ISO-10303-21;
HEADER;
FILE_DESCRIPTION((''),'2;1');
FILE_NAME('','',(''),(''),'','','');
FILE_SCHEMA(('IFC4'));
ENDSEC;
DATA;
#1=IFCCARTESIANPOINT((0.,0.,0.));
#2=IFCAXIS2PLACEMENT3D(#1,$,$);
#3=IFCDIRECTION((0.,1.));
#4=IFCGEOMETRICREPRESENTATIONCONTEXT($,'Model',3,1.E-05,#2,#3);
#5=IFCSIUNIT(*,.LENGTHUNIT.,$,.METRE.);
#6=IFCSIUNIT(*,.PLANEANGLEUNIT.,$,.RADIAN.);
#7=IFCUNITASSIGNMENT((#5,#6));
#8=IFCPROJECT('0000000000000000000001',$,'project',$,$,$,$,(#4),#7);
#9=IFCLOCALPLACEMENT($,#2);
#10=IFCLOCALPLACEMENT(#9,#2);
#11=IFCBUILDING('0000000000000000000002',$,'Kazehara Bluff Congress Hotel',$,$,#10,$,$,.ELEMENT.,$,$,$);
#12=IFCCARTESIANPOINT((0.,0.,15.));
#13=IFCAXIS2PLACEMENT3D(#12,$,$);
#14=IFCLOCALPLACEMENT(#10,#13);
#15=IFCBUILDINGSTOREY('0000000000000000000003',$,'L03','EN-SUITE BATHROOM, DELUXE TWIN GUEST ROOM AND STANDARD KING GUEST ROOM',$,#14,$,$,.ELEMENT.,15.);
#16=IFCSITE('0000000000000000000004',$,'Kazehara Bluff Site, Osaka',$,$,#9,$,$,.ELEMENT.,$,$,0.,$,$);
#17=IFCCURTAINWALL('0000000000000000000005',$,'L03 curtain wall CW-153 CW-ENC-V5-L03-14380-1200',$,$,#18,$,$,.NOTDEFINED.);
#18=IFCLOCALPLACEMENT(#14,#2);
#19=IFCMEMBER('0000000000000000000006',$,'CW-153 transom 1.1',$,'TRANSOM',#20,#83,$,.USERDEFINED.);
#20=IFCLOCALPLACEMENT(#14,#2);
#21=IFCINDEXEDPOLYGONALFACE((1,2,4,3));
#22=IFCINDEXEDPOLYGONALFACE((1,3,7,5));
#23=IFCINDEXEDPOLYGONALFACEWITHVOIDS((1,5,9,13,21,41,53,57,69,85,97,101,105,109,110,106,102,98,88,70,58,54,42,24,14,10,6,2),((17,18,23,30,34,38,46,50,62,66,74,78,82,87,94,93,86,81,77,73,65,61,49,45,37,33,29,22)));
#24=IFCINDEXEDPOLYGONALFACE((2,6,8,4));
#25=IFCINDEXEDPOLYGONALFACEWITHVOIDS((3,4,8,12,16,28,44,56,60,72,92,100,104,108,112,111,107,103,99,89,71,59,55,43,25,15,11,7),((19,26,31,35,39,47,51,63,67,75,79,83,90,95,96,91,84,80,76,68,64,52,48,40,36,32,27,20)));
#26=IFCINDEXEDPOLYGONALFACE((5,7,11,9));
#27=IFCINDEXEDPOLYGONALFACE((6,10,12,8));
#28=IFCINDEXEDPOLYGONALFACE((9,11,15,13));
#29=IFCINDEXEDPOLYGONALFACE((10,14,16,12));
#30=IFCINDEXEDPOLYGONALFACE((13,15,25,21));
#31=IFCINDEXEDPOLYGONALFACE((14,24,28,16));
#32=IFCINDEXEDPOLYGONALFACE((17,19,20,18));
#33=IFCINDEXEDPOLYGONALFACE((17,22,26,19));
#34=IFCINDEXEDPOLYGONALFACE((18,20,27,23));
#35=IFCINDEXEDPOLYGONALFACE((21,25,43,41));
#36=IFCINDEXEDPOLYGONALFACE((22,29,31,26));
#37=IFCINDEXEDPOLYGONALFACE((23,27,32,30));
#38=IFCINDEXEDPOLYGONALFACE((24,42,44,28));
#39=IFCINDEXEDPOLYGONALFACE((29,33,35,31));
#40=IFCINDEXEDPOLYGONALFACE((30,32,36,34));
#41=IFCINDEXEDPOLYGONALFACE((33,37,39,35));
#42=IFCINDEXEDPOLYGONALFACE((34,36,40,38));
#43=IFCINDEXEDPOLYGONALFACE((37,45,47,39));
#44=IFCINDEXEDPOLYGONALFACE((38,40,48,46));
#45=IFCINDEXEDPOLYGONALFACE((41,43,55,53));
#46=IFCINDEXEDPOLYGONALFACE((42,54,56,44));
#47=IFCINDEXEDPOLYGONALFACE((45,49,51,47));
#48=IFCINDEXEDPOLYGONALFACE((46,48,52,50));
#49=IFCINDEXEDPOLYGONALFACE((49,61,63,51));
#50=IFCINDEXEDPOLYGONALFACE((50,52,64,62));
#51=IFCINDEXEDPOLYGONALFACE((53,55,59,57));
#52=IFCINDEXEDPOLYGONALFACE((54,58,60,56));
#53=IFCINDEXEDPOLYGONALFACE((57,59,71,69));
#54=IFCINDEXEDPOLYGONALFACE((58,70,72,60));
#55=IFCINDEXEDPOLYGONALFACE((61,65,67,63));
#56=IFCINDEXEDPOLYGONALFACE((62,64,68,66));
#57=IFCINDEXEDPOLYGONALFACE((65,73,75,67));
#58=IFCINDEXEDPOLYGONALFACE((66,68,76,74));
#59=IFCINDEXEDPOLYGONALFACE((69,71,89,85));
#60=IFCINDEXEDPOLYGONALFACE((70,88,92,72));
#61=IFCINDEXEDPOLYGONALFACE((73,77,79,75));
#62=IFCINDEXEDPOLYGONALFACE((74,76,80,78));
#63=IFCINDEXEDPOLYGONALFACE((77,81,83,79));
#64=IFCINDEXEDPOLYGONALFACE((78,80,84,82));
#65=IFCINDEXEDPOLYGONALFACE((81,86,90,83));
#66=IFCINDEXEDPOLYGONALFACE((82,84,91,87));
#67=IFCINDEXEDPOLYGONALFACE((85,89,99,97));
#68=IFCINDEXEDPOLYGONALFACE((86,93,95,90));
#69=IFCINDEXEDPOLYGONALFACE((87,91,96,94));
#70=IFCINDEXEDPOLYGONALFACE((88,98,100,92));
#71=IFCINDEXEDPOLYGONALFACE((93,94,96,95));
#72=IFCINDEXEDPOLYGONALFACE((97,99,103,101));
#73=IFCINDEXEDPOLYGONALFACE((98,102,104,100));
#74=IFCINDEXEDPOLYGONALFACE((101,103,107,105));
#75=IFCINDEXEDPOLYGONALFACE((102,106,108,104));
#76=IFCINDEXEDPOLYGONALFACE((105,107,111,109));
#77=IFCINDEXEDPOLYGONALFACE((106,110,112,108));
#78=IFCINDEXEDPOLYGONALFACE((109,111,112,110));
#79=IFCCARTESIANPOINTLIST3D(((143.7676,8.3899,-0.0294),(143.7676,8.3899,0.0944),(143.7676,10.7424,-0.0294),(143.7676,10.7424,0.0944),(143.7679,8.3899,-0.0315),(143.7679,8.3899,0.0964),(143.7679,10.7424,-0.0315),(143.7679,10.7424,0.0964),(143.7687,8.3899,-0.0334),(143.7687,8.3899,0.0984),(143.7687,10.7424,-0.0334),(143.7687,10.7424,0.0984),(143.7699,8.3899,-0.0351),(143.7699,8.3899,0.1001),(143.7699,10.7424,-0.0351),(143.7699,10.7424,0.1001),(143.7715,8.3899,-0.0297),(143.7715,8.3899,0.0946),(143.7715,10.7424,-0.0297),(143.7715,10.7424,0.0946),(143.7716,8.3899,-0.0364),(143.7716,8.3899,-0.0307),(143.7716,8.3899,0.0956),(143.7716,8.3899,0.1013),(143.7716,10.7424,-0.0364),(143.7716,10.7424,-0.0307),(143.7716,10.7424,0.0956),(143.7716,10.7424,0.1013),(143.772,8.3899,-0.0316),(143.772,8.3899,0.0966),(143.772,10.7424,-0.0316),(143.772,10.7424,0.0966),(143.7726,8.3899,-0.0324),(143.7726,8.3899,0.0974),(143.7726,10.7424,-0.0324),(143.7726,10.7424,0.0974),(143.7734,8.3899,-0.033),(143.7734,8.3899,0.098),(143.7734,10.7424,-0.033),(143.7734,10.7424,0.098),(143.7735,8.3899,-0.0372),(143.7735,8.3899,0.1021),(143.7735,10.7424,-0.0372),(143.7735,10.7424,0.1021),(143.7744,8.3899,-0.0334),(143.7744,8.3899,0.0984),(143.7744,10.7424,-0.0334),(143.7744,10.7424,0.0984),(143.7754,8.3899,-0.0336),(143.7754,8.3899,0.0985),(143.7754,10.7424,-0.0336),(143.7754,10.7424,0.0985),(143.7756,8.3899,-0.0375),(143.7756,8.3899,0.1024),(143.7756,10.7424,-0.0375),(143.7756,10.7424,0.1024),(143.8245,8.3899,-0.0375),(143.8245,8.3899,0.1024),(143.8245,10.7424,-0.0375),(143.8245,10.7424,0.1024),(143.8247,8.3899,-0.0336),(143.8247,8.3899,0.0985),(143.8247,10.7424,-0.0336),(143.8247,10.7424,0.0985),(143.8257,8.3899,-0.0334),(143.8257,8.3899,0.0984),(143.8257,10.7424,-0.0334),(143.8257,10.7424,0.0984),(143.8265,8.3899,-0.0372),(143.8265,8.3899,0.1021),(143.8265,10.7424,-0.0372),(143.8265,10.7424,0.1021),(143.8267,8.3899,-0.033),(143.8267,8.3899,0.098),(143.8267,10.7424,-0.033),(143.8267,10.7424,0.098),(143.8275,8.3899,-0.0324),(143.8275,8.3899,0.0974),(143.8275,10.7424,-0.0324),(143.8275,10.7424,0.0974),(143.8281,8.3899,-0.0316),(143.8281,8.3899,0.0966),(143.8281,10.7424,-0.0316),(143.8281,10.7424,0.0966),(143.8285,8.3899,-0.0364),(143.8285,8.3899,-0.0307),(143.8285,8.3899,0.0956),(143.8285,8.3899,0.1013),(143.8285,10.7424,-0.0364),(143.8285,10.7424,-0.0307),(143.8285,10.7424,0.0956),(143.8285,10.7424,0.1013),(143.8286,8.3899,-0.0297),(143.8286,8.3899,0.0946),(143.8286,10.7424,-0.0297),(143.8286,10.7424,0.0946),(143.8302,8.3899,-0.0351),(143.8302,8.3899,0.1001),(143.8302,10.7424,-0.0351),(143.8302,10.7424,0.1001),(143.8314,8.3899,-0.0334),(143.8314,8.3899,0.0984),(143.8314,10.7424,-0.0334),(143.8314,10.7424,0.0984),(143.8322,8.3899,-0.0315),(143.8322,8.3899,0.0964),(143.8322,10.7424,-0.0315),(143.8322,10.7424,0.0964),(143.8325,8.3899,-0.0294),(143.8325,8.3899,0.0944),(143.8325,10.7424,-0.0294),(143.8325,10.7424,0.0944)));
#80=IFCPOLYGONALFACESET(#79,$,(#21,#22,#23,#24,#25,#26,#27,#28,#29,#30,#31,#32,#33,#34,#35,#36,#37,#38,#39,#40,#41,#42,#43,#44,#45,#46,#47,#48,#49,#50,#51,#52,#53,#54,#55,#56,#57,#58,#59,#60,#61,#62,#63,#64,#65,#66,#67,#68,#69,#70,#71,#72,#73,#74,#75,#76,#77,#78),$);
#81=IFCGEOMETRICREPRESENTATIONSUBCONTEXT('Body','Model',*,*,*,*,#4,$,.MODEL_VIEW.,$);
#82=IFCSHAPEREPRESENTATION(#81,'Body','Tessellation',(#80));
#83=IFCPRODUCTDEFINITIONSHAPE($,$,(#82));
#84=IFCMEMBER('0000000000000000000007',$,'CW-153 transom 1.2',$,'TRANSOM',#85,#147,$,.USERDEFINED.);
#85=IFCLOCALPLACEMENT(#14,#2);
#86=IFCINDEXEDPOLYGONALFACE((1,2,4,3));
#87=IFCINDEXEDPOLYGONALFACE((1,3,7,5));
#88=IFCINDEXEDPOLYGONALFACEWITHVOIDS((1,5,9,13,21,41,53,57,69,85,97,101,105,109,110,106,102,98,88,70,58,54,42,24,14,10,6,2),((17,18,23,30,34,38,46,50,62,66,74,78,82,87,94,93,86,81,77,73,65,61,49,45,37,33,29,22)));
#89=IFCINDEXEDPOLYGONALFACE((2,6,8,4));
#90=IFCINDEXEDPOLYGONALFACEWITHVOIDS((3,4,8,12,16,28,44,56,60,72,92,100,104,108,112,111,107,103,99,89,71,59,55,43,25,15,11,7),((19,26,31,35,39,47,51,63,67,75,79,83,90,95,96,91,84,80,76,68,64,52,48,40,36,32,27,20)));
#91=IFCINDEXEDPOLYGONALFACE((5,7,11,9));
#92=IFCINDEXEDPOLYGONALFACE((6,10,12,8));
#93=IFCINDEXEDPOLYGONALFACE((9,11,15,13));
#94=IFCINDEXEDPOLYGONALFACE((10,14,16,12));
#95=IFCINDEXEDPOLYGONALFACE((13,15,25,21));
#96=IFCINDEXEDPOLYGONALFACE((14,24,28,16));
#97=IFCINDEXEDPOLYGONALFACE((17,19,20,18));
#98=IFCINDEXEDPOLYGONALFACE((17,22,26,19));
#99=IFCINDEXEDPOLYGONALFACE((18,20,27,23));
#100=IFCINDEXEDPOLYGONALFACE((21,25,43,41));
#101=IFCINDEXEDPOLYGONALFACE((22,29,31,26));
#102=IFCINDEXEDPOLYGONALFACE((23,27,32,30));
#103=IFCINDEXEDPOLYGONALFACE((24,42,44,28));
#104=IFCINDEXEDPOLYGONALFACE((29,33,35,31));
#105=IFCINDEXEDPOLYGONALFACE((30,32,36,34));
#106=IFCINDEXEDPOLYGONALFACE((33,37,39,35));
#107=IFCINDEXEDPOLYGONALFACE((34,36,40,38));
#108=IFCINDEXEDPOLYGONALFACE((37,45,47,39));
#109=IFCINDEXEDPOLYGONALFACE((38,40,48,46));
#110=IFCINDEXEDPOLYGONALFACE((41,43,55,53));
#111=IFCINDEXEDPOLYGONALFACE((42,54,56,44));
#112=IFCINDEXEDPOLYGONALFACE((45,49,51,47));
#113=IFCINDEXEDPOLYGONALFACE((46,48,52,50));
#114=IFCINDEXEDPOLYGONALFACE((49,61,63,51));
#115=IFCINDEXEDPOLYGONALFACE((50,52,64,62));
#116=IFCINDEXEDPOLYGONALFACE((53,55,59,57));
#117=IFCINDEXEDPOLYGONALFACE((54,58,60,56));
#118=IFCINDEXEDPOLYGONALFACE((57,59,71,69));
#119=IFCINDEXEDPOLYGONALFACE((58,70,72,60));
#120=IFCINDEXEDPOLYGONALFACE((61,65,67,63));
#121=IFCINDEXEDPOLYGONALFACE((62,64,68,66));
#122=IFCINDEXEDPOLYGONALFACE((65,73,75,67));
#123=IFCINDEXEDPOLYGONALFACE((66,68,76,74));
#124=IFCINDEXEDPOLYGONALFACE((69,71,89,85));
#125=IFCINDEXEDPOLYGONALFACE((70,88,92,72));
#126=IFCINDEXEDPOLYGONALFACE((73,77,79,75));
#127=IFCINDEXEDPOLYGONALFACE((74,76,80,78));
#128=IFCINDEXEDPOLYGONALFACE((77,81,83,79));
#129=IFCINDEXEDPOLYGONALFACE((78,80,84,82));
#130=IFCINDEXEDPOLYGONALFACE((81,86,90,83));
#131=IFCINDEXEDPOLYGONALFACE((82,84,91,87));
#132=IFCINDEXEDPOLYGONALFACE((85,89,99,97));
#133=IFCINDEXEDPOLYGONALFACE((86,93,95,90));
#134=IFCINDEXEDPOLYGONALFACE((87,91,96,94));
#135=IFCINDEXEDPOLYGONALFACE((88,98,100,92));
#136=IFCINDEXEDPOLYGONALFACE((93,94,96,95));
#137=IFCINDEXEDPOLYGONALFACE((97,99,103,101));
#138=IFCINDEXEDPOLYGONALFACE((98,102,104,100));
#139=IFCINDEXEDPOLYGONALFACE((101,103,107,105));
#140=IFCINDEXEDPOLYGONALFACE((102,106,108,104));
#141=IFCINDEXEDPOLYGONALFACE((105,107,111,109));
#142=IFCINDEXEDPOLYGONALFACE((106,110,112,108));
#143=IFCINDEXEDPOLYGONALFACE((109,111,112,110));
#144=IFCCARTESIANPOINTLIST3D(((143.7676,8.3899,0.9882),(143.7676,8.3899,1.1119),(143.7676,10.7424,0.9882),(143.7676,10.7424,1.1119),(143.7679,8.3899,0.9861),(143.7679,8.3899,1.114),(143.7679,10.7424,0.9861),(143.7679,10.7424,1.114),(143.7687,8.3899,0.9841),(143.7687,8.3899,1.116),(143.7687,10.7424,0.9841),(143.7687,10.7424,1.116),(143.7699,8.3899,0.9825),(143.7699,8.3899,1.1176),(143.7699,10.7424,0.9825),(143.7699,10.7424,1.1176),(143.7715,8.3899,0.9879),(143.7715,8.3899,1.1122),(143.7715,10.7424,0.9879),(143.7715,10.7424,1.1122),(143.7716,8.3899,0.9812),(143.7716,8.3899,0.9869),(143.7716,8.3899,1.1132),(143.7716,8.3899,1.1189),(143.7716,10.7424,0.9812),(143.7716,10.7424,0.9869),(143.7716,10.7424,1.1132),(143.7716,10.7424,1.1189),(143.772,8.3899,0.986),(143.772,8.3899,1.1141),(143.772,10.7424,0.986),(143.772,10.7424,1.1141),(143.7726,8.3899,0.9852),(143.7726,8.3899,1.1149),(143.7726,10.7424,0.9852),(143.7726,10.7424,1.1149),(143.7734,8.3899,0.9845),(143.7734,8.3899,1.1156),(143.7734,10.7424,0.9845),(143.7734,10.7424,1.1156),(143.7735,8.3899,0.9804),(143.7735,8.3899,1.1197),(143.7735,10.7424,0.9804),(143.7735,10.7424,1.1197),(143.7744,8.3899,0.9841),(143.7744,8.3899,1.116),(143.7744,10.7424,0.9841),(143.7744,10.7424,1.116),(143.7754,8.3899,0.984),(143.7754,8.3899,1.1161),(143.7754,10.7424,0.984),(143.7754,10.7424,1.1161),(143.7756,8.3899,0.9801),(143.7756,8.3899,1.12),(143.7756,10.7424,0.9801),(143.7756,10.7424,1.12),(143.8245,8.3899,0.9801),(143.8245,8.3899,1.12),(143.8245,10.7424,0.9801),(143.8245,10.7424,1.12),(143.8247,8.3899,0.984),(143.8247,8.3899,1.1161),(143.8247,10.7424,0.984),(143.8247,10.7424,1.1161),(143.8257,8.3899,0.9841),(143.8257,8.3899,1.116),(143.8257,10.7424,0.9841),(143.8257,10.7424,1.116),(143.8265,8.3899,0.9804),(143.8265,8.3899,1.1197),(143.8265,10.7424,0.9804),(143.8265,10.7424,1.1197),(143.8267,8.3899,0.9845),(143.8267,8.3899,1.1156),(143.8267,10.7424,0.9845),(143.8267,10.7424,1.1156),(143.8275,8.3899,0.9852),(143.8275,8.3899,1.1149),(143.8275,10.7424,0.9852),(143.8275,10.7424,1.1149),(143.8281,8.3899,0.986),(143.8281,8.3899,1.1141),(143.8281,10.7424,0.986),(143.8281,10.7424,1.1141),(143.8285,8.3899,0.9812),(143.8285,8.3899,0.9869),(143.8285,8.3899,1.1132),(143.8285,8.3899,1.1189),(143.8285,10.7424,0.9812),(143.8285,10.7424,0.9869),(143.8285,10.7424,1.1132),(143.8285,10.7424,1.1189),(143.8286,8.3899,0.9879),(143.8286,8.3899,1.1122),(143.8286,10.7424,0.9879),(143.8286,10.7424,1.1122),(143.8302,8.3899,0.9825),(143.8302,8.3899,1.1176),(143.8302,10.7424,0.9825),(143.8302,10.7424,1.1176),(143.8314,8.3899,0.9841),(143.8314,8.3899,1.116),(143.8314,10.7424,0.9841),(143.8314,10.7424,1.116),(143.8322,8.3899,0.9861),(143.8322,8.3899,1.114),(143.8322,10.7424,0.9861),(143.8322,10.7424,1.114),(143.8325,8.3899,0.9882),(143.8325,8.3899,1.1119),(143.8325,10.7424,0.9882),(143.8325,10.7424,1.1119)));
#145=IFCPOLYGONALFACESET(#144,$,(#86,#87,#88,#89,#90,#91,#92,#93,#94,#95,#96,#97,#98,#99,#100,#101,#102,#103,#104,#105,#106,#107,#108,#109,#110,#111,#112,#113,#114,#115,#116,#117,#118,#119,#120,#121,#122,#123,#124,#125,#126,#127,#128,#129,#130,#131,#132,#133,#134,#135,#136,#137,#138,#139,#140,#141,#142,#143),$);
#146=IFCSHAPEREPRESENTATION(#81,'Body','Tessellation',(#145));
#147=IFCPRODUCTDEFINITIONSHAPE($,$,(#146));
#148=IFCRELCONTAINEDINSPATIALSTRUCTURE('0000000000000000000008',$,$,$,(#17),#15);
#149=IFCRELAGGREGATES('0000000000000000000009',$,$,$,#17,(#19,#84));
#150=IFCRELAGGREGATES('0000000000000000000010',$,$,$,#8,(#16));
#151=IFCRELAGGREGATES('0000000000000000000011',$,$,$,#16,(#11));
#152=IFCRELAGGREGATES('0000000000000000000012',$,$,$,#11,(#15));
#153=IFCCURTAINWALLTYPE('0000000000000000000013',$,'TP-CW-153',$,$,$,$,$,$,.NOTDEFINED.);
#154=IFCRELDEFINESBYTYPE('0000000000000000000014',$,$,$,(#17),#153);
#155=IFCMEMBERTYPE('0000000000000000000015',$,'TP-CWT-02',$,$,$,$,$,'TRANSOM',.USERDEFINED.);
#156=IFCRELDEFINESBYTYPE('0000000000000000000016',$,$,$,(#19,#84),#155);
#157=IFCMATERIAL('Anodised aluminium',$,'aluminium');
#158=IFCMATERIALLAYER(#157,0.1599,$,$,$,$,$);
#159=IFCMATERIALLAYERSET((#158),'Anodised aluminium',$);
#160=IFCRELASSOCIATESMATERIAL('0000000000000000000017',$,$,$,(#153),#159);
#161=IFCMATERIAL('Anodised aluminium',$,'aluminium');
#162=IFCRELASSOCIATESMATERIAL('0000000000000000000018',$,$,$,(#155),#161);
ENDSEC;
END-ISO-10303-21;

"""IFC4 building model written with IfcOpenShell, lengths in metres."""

from ifc_helpers import new_model, si_unit, direction, frame, origin, origin_2d, place, context, subcontext, project, spatial, hollow_rectangle, extrude, material, layer, layer_set, material_profile, profile_set, type_object, element, aggregate, save


model = new_model("IFC4")

# Units and contexts
model_context = context("Model", 3, precision=1e-05, world=origin(), true_north=direction((0.0, 1.0)))
body_context = subcontext(model_context, "Body", "Model", "MODEL_VIEW")
ifc_project = project(units=[si_unit("LENGTHUNIT", "METRE"), si_unit("PLANEANGLEUNIT", "RADIAN")], contexts=[model_context])

# Site, building, storey
site_placement = place(None, origin())
site = spatial("IfcSite", under=ifc_project, at=site_placement, Name="Kazehara Bluff Site, Osaka", CompositionType="ELEMENT", RefElevation=0.0)
building_placement = place(site_placement, origin())
building = spatial("IfcBuilding", under=site, at=building_placement, Name="Kazehara Bluff Congress Hotel", CompositionType="ELEMENT")
storey_placement = place(building_placement, frame((0.0, 0.0, 15.0)))
storey = spatial("IfcBuildingStorey", under=building, at=storey_placement, Name="L03", Description="EN-SUITE BATHROOM, DELUXE TWIN GUEST ROOM AND STANDARD KING GUEST ROOM", CompositionType="ELEMENT", Elevation=15.0)

# Curtain wall, members
ifc_material_1 = material(Name="Anodised aluminium", Category="aluminium")
ifc_layer_1 = layer(ifc_material_1, 0.1599)
ifc_layer_set_1 = layer_set([ifc_layer_1], Name="Anodised aluminium")
curtain_wall_type_1 = type_object("IfcCurtainWallType", Name="TP-CW-153", PredefinedType="NOTDEFINED", material=ifc_layer_set_1)
curtain_wall_1_placement = place(storey_placement, origin())
curtain_wall_1 = element("IfcCurtainWall", 1, at=curtain_wall_1_placement, inside=storey, type_object=curtain_wall_type_1, Name="L03 curtain wall CW-153 CW-ENC-V5-L03-14380-1200", PredefinedType="NOTDEFINED")
ifc_material_2 = material(Name="Anodised aluminium", Category="aluminium")
ifc_material_profile_1 = material_profile(ifc_material_2, hollow_rectangle(XDim=0.0649, YDim=0.1399, WallThickness=0.0039, InnerFilletRadius=0.0039, OuterFilletRadius=0.0081, at=origin_2d()))
ifc_profile_set_1 = profile_set([ifc_material_profile_1], Name="Anodised aluminium")
member_type_1 = type_object("IfcMemberType", Name="TP-CWT-02", ElementType="TRANSOM", PredefinedType="USERDEFINED", material=ifc_profile_set_1)
member_1_placement = place(storey_placement, frame((143.8, 8.3899, 0.0325), z_axis=(0.0, 1.0, 0.0), x_axis=(-1.0, 0.0, 0.0)))
member_1 = element("IfcMember", 2, at=member_1_placement, type_object=member_type_1, Name="CW-153 transom 1.1", ObjectType="TRANSOM", PredefinedType="USERDEFINED", context=body_context, shape_type="SweptSolid", body=[
    extrude(hollow_rectangle(XDim=0.0649, YDim=0.1399, WallThickness=0.0039, InnerFilletRadius=0.0039, OuterFilletRadius=0.0081, at=origin_2d()), origin(), (0.0, 0.0, 1.0), 2.3525),
])
member_2_placement = place(storey_placement, frame((143.8, 8.3899, 1.05), z_axis=(0.0, 1.0, 0.0), x_axis=(-1.0, 0.0, 0.0)))
member_2 = element("IfcMember", 3, at=member_2_placement, type_object=member_type_1, Name="CW-153 transom 1.2", ObjectType="TRANSOM", PredefinedType="USERDEFINED", context=body_context, shape_type="SweptSolid", body=[
    extrude(hollow_rectangle(XDim=0.0649, YDim=0.1399, WallThickness=0.0039, InnerFilletRadius=0.0039, OuterFilletRadius=0.0081, at=origin_2d()), origin(), (0.0, 0.0, 1.0), 2.3525),
])

aggregate(curtain_wall_1, [member_1, member_2])

save(model, "model.ifc")
